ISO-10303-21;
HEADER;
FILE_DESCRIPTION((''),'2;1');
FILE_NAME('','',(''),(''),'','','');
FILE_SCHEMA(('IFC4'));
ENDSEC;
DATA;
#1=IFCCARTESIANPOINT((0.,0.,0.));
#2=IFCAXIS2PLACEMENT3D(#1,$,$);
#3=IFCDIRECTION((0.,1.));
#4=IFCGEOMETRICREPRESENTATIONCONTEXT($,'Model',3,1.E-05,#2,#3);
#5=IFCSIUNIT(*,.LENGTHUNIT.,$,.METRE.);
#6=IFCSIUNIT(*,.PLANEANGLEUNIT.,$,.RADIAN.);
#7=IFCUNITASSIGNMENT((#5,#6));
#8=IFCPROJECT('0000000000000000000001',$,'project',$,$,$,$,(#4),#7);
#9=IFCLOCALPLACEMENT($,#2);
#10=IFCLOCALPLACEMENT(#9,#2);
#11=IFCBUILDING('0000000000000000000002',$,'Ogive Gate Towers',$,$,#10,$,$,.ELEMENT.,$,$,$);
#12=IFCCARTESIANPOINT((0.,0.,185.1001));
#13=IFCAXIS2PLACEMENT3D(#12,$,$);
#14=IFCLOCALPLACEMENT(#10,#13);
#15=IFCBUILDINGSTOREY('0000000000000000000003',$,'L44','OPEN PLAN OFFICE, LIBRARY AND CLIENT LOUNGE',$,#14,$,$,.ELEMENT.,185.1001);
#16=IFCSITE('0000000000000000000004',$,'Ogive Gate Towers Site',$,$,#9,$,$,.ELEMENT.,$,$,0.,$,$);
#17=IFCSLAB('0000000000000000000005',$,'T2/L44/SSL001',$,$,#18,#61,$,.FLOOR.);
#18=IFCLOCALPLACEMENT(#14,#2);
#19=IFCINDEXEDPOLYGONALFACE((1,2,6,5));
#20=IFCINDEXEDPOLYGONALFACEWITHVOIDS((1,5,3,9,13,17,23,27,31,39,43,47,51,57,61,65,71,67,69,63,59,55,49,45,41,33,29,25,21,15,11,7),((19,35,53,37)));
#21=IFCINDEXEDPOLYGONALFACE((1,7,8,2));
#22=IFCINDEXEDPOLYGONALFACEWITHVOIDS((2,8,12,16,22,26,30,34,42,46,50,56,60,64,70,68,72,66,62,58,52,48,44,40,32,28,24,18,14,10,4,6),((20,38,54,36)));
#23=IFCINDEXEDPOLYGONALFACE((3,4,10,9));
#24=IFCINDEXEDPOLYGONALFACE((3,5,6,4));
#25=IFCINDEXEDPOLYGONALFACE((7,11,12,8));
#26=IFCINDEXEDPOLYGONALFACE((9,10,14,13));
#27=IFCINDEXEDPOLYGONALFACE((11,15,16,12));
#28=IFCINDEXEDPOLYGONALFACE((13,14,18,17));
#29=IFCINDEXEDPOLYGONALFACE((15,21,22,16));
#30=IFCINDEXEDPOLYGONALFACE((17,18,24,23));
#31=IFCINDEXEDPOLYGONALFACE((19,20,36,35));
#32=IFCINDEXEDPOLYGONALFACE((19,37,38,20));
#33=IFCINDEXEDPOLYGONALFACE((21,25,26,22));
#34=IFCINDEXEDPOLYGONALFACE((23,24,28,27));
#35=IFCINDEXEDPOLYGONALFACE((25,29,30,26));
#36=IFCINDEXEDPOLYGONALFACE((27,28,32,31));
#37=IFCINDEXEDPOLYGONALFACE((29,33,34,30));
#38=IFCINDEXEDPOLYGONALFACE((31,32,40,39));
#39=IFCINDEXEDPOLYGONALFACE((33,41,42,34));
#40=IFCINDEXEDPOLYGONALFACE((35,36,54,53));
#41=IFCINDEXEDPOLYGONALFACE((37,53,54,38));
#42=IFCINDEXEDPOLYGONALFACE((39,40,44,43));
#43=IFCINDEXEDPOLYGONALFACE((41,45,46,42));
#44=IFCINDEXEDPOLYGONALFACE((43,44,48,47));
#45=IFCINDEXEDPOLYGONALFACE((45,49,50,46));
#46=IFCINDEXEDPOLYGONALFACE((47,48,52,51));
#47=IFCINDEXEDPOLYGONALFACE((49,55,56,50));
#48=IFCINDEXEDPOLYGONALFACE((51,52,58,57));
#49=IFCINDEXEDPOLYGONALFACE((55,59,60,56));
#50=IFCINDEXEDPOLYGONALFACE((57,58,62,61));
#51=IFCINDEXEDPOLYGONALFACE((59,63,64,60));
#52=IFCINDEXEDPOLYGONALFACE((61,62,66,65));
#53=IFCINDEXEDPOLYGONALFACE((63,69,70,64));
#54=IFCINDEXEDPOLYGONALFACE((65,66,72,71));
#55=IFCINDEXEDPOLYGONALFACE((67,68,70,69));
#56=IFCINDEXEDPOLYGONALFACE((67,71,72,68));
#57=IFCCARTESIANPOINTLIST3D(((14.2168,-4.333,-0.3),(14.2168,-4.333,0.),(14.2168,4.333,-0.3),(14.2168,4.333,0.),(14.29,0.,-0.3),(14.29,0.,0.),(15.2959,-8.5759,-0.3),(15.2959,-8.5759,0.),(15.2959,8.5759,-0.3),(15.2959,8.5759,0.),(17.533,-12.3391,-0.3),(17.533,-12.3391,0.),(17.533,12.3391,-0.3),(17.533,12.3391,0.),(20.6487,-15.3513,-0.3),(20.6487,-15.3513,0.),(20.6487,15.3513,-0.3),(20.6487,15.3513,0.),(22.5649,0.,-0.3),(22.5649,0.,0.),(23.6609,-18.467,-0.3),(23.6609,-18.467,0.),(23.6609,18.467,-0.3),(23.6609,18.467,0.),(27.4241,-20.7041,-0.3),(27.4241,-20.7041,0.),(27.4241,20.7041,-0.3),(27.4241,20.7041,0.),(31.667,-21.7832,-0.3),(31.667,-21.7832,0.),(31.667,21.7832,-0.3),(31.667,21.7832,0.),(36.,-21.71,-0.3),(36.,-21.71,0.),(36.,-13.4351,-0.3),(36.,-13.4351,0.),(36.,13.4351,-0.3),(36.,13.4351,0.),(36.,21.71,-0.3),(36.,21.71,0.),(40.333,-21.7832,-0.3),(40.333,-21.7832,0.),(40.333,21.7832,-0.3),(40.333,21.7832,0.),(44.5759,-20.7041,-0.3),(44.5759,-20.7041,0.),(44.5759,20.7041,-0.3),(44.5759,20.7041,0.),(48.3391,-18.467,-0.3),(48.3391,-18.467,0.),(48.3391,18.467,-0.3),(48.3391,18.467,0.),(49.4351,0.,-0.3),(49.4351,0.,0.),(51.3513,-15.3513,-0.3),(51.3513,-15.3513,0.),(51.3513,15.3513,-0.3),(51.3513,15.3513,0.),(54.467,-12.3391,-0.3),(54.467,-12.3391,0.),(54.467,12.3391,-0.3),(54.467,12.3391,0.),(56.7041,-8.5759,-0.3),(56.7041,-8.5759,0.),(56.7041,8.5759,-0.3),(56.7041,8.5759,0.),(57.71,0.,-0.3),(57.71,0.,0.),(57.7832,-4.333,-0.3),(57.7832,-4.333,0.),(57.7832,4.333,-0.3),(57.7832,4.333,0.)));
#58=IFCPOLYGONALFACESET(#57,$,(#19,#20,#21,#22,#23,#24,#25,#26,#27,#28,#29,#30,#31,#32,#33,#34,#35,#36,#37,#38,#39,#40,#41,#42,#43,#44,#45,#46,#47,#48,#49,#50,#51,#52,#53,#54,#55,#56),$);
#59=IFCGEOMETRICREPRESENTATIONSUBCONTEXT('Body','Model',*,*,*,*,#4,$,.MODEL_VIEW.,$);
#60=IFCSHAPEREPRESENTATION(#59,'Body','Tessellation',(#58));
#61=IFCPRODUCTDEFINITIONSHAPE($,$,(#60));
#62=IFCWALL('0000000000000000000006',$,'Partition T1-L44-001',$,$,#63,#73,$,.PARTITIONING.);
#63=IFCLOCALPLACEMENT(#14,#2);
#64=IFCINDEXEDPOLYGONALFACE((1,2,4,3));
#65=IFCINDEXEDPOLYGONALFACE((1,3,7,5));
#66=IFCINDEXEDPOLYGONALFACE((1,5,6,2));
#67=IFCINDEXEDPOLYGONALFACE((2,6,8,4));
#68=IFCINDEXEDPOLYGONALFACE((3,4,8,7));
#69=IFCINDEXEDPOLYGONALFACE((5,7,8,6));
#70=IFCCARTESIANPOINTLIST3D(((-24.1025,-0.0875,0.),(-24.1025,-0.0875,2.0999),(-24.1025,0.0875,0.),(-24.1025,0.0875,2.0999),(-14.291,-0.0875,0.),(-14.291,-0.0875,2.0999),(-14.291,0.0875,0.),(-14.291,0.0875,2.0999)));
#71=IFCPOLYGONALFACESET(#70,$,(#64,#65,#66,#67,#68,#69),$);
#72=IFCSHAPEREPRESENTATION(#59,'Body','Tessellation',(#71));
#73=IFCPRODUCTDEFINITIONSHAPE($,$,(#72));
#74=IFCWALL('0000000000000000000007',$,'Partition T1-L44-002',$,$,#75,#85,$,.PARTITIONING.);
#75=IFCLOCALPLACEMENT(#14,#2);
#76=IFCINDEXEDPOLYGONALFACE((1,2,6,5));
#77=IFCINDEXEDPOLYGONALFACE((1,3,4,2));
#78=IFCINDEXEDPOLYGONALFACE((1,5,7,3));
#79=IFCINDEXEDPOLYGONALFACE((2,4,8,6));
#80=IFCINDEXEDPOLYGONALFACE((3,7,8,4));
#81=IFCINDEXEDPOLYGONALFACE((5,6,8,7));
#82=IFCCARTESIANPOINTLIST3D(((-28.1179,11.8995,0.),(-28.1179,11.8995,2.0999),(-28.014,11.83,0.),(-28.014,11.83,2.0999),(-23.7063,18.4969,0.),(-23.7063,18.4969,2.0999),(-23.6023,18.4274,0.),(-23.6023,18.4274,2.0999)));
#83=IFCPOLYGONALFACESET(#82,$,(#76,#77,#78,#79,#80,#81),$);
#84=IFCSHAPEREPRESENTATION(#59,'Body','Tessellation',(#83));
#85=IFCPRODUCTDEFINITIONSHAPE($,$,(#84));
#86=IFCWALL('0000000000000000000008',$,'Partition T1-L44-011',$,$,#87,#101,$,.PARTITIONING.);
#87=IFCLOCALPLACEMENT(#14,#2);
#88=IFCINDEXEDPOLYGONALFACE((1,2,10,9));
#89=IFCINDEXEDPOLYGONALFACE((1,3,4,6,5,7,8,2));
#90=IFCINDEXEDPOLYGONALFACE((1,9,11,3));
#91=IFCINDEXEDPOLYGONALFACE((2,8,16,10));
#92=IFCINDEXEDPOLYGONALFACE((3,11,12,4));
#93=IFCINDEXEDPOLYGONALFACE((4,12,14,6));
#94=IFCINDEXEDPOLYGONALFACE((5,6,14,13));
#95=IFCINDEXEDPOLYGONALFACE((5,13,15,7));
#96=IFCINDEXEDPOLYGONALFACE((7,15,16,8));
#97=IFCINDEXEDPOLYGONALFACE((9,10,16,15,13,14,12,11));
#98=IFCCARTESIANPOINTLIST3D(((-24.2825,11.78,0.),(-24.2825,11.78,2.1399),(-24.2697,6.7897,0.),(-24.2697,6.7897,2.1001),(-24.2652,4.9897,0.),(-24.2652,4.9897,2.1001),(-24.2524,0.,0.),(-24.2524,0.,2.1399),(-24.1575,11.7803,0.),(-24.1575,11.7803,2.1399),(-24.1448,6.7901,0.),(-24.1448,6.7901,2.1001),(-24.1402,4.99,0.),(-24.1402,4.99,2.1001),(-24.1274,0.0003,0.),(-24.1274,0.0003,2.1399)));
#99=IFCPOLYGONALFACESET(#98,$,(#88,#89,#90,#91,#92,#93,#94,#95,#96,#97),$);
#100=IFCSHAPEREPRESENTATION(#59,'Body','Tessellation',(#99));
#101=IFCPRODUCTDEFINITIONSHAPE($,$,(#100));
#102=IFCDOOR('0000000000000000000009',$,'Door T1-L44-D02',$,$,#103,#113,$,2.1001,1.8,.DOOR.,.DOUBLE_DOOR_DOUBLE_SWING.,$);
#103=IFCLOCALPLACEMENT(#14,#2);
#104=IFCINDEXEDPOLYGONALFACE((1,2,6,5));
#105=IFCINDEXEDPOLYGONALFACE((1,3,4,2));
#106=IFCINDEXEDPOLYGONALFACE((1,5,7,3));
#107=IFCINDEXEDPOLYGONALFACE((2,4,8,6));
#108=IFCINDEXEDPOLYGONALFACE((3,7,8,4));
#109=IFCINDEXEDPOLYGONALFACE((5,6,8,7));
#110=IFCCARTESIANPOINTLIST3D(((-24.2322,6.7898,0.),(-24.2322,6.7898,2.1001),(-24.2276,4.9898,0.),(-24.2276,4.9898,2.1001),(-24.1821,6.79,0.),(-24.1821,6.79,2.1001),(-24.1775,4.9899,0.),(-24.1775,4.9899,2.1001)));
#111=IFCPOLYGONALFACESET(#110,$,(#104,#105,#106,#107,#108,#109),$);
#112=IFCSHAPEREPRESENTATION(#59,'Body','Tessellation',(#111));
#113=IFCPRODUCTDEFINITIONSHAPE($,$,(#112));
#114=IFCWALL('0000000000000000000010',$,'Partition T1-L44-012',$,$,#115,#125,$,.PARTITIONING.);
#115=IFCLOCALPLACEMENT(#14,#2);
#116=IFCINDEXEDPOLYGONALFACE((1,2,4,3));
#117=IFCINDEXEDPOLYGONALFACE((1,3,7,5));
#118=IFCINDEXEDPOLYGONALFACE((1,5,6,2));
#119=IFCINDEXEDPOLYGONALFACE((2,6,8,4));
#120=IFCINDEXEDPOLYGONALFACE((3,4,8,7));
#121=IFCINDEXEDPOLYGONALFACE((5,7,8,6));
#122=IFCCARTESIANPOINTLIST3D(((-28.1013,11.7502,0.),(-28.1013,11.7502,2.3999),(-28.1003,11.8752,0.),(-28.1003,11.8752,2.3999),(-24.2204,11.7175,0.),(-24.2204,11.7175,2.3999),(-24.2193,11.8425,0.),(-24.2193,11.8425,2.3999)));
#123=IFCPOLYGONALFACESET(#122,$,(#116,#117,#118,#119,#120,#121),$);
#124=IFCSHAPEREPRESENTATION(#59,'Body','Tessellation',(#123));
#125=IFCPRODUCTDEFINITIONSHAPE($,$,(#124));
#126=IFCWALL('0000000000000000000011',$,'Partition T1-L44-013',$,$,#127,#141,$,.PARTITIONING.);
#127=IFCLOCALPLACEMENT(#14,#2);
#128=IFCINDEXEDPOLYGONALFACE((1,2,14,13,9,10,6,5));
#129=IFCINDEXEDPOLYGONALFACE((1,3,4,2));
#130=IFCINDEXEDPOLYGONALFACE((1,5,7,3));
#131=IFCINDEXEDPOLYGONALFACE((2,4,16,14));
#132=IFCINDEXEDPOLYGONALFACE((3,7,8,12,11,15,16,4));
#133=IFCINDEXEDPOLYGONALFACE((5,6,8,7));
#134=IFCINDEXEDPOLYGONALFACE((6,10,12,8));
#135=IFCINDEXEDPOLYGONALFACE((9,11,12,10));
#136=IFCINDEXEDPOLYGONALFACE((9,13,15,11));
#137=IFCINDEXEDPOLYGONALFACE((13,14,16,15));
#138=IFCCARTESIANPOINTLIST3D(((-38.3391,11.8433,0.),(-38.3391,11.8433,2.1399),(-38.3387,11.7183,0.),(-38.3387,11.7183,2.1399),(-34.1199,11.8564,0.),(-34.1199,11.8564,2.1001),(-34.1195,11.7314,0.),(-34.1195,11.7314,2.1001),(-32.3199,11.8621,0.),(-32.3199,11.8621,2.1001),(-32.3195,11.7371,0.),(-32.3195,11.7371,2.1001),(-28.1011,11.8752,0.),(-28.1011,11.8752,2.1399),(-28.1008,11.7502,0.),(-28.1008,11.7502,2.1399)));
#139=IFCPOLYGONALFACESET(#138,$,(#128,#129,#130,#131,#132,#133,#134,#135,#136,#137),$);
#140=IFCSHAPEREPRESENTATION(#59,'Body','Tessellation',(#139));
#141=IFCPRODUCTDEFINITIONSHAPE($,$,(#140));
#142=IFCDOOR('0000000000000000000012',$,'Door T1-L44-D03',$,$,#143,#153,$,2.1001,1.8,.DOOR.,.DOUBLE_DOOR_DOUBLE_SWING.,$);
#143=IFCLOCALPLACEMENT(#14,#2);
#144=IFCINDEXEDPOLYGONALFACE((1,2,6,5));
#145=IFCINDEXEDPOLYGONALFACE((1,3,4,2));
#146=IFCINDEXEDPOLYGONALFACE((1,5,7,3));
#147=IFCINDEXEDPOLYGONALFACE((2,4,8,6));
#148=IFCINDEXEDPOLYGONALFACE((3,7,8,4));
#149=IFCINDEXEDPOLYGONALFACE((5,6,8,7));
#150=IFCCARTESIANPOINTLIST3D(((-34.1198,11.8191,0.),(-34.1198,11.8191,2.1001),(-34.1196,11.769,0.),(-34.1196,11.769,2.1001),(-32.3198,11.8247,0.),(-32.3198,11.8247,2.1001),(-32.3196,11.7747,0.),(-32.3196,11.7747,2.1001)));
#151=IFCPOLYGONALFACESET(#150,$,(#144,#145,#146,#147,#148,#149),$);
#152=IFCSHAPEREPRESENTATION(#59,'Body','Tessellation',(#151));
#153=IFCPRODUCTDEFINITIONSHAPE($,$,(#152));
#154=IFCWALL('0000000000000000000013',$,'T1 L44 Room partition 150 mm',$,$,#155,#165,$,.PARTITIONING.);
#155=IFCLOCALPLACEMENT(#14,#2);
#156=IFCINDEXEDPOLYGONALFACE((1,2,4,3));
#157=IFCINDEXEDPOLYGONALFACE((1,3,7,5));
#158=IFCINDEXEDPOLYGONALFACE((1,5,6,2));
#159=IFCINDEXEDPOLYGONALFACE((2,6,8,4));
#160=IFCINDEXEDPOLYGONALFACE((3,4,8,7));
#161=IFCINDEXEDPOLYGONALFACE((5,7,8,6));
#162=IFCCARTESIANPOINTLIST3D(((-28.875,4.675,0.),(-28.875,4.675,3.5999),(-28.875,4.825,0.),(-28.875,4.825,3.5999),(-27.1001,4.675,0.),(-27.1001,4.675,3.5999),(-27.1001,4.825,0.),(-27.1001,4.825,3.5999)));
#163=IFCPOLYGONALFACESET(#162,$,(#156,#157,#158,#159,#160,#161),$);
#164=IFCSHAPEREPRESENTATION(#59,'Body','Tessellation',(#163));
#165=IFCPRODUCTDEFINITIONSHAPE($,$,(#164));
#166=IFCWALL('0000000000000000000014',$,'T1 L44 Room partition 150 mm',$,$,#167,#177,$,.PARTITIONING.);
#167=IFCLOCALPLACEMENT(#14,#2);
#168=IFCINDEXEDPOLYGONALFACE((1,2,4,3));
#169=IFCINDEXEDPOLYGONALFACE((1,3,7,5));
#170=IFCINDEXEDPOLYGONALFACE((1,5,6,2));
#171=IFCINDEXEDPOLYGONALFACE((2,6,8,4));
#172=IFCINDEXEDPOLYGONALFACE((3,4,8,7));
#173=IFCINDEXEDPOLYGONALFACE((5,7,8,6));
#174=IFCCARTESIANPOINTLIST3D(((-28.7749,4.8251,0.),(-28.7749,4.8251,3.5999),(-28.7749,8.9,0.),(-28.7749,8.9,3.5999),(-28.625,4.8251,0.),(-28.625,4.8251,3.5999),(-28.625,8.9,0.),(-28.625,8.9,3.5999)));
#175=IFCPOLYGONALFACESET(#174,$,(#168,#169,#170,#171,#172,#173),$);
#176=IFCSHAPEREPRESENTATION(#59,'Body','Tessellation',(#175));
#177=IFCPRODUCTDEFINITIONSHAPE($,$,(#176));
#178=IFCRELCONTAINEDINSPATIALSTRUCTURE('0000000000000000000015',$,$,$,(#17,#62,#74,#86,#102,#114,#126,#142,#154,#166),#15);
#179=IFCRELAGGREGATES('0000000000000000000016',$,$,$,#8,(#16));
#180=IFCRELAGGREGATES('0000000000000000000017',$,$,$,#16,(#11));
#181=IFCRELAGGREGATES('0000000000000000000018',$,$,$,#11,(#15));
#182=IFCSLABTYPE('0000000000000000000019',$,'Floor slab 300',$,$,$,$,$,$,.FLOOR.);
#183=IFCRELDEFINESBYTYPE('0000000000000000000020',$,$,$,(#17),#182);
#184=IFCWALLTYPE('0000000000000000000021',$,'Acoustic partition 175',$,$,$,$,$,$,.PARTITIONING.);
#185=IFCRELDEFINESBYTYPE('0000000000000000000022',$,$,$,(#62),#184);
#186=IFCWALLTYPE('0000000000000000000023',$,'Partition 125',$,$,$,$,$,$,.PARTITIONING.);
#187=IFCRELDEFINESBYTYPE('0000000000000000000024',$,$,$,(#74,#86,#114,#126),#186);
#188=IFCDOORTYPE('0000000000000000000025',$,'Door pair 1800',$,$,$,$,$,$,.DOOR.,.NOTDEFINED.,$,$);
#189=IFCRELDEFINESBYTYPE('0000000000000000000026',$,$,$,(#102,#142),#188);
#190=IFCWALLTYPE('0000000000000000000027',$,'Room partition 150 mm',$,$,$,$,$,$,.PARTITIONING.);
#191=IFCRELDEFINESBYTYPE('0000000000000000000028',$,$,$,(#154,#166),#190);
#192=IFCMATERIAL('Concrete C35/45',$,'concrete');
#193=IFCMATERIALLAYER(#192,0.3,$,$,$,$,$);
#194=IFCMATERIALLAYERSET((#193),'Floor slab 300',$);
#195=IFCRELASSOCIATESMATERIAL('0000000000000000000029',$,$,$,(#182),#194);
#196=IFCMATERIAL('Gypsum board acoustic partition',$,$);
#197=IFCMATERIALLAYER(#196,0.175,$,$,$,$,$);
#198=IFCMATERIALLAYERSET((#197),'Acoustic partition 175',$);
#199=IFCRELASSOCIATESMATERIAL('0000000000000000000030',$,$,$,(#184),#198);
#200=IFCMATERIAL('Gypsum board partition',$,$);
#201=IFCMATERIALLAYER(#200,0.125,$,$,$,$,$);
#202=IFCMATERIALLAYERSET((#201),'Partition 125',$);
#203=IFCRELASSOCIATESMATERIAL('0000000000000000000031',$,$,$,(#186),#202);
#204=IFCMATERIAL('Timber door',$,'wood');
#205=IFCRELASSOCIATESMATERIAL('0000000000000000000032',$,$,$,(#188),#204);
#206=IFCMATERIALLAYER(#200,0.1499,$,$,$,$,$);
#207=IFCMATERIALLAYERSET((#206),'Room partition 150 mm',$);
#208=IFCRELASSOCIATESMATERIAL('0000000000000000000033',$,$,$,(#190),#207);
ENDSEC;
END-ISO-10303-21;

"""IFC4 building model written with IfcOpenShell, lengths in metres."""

from ifc_helpers import new_model, si_unit, direction, frame, frame_2d, origin, place, context, subcontext, project, spatial, polyline, rectangle, outline, extrude, material, layer, layer_set, type_object, element, fill, save


model = new_model("IFC4")

# Units and contexts
model_context = context("Model", 3, precision=1e-05, world=origin(), true_north=direction((0.0, 1.0)))
body_context = subcontext(model_context, "Body", "Model", "MODEL_VIEW")
ifc_project = project(units=[si_unit("LENGTHUNIT", "METRE"), si_unit("PLANEANGLEUNIT", "RADIAN")], contexts=[model_context])

# Site, building, storey
site_placement = place(None, origin())
site = spatial("IfcSite", under=ifc_project, at=site_placement, Name="Ogive Gate Towers Site", CompositionType="ELEMENT", RefElevation=0.0)
building_placement = place(site_placement, origin())
building = spatial("IfcBuilding", under=site, at=building_placement, Name="Ogive Gate Towers", CompositionType="ELEMENT")
storey_placement = place(building_placement, frame((0.0, 0.0, 185.1001)))
storey = spatial("IfcBuildingStorey", under=building, at=storey_placement, Name="L44", Description="OPEN PLAN OFFICE, LIBRARY AND CLIENT LOUNGE", CompositionType="ELEMENT", Elevation=185.1001)

# Slab
ifc_material_1 = material(Name="Concrete C35/45", Category="concrete")
ifc_layer_1 = layer(ifc_material_1, 0.3)
ifc_layer_set_1 = layer_set([ifc_layer_1], Name="Floor slab 300")
slab_type_1 = type_object("IfcSlabType", Name="Floor slab 300", PredefinedType="FLOOR", material=ifc_layer_set_1)
slab_1_placement = place(storey_placement, frame((0.0, 0.0, -0.3)))
element("IfcSlab", 1, at=slab_1_placement, inside=storey, type_object=slab_type_1, Name="T2/L44/SSL001", PredefinedType="FLOOR", context=body_context, shape_type="SweptSolid", body=[
    extrude(outline(polyline([(57.7832, -4.333), (57.71, 0.0), (57.7832, 4.333), (56.7041, 8.5759), (54.467, 12.3391), (51.3513, 15.3513), (48.3391, 18.467), (44.5759, 20.7041), (40.333, 21.7832), (36.0, 21.71), (31.667, 21.7832), (27.4241, 20.7041), (23.6609, 18.467), (20.6487, 15.3513), (17.533, 12.3391), (15.2959, 8.5759), (14.2168, 4.333), (14.29, 0.0), (14.2168, -4.333), (15.2959, -8.5759), (17.533, -12.3391), (20.6487, -15.3513), (23.6609, -18.467), (27.4241, -20.7041), (31.667, -21.7832), (36.0, -21.71), (40.333, -21.7832), (44.5759, -20.7041), (48.3391, -18.467), (51.3513, -15.3513), (54.467, -12.3391), (56.7041, -8.5759), (57.7832, -4.333)]), holes=[polyline([(49.4351, 0.0), (36.0, -13.4351), (22.5649, 0.0), (36.0, 13.4351), (49.4351, 0.0)])]), origin(), (0.0, 0.0, 1.0), 0.3),
])

# Walls
ifc_material_2 = material(Name="Gypsum board acoustic partition")
ifc_layer_2 = layer(ifc_material_2, 0.175)
ifc_layer_set_2 = layer_set([ifc_layer_2], Name="Acoustic partition 175")
wall_type_1 = type_object("IfcWallType", Name="Acoustic partition 175", PredefinedType="PARTITIONING", material=ifc_layer_set_2)
wall_1_placement = place(storey_placement, frame((-14.291, 0.0, 0.0), z_axis=(0.0, 0.0, 1.0), x_axis=(-1.0, 0.0, 0.0)))
element("IfcWall", 2, at=wall_1_placement, inside=storey, type_object=wall_type_1, Name="Partition T1-L44-001", PredefinedType="PARTITIONING", context=body_context, shape_type="SweptSolid", body=[
    extrude(rectangle(XDim=9.8115, YDim=0.175, at=frame_2d((4.9058, 0.0))), origin(), (0.0, 0.0, 1.0), 2.0999),
])
ifc_material_3 = material(Name="Gypsum board partition")
ifc_layer_3 = layer(ifc_material_3, 0.125)
ifc_layer_set_3 = layer_set([ifc_layer_3], Name="Partition 125")
wall_type_2 = type_object("IfcWallType", Name="Partition 125", PredefinedType="PARTITIONING", material=ifc_layer_set_3)
wall_2_placement = place(storey_placement, frame((-23.6543, 18.4622, 0.0), z_axis=(0.0, 0.0, 1.0), x_axis=(-0.555864, -0.831273, 0.0)))
element("IfcWall", 3, at=wall_2_placement, inside=storey, type_object=wall_type_2, Name="Partition T1-L44-002", PredefinedType="PARTITIONING", context=body_context, shape_type="SweptSolid", body=[
    extrude(rectangle(XDim=7.9365, YDim=0.125, at=frame_2d((3.9683, 0.0))), origin(), (0.0, 0.0, 1.0), 2.0999),
])

# Wall, opening, door
wall_3_placement = place(storey_placement, frame((-24.1899, 0.0, 0.0), z_axis=(0.0, 0.0, 1.0), x_axis=(-0.002549, 0.999997, 0.0)))
wall_3 = element("IfcWall", 4, at=wall_3_placement, inside=storey, type_object=wall_type_2, Name="Partition T1-L44-011", PredefinedType="PARTITIONING", context=body_context, shape_type="SweptSolid", body=[
    extrude(rectangle(XDim=11.78, YDim=0.125, at=frame_2d((5.8901, 0.0))), origin(), (0.0, 0.0, 1.0), 2.1399),
])
opening_1_placement = place(wall_3_placement, frame((4.99, 0.0, 0.0)))
opening_1 = element("IfcOpeningElement", 5, at=opening_1_placement, cuts=wall_3, PredefinedType="OPENING", context=body_context, shape_type="SweptSolid", body=[
    extrude(rectangle(XDim=1.8, YDim=2.1001, at=frame_2d((0.8999, 1.05))), frame((0.0, 0.0725, 0.0), z_axis=(0.0, -1.0, 0.0), x_axis=(1.0, 0.0, 0.0)), (0.0, 0.0, 1.0), 0.145),
])
ifc_material_4 = material(Name="Timber door", Category="wood")
door_type_1 = type_object("IfcDoorType", Name="Door pair 1800", OperationType="NOTDEFINED", PredefinedType="DOOR", material=ifc_material_4)
door_1_placement = place(opening_1_placement, origin())
door_1 = element("IfcDoor", 6, at=door_1_placement, inside=storey, type_object=door_type_1, Name="Door T1-L44-D02", OperationType="DOUBLE_DOOR_DOUBLE_SWING", OverallHeight=2.1001, OverallWidth=1.8, PredefinedType="DOOR", context=body_context, shape_type="SweptSolid", body=[
    extrude(rectangle(XDim=1.8, YDim=2.1001, at=frame_2d((0.8999, 1.05))), frame((0.0, 0.0249, 0.0), z_axis=(0.0, -1.0, 0.0), x_axis=(1.0, 0.0, 0.0)), (0.0, 0.0, 1.0), 0.05),
])
fill(opening_1, door_1)

# Wall
wall_4_placement = place(storey_placement, frame((-24.22, 11.78, 0.0), z_axis=(0.0, 0.0, 1.0), x_axis=(-0.999964, 0.008429, 0.0)))
element("IfcWall", 7, at=wall_4_placement, inside=storey, type_object=wall_type_2, Name="Partition T1-L44-012", PredefinedType="PARTITIONING", context=body_context, shape_type="SweptSolid", body=[
    extrude(rectangle(XDim=3.8811, YDim=0.125, at=frame_2d((1.9404, 0.0))), origin(), (0.0, 0.0, 1.0), 2.3999),
])

# Wall, opening, door
wall_5_placement = place(storey_placement, frame((-28.1008, 11.8127, 0.0), z_axis=(0.0, 0.0, 1.0), x_axis=(-0.999995, -0.003124, 0.0)))
wall_5 = element("IfcWall", 8, at=wall_5_placement, inside=storey, type_object=wall_type_2, Name="Partition T1-L44-013", PredefinedType="PARTITIONING", context=body_context, shape_type="SweptSolid", body=[
    extrude(rectangle(XDim=10.238, YDim=0.125, at=frame_2d((5.1191, 0.0))), origin(), (0.0, 0.0, 1.0), 2.1399),
])
opening_2_placement = place(wall_5_placement, frame((4.219, 0.0, 0.0)))
opening_2 = element("IfcOpeningElement", 9, at=opening_2_placement, cuts=wall_5, PredefinedType="OPENING", context=body_context, shape_type="SweptSolid", body=[
    extrude(rectangle(XDim=1.8, YDim=2.1001, at=frame_2d((0.8999, 1.05))), frame((0.0, 0.0725, 0.0), z_axis=(0.0, -1.0, 0.0), x_axis=(1.0, 0.0, 0.0)), (0.0, 0.0, 1.0), 0.145),
])
door_2_placement = place(opening_2_placement, origin())
door_2 = element("IfcDoor", 10, at=door_2_placement, inside=storey, type_object=door_type_1, Name="Door T1-L44-D03", OperationType="DOUBLE_DOOR_DOUBLE_SWING", OverallHeight=2.1001, OverallWidth=1.8, PredefinedType="DOOR", context=body_context, shape_type="SweptSolid", body=[
    extrude(rectangle(XDim=1.8, YDim=2.1001, at=frame_2d((0.8999, 1.05))), frame((0.0, 0.0249, 0.0), z_axis=(0.0, -1.0, 0.0), x_axis=(1.0, 0.0, 0.0)), (0.0, 0.0, 1.0), 0.05),
])
fill(opening_2, door_2)

# Walls
ifc_layer_4 = layer(ifc_material_3, 0.1499)
ifc_layer_set_4 = layer_set([ifc_layer_4], Name="Room partition 150 mm")
wall_type_3 = type_object("IfcWallType", Name="Room partition 150 mm", PredefinedType="PARTITIONING", material=ifc_layer_set_4)
wall_6_placement = place(storey_placement, frame((-28.875, 4.75, 0.0), z_axis=(0.0, 0.0, 1.0), x_axis=(1.0, 0.0, 0.0)))
element("IfcWall", 11, at=wall_6_placement, inside=storey, type_object=wall_type_3, Name="T1 L44 Room partition 150 mm", PredefinedType="PARTITIONING", context=body_context, shape_type="SweptSolid", body=[
    extrude(rectangle(XDim=1.7749, YDim=0.1499, at=frame_2d((0.8875, 0.0))), origin(), (0.0, 0.0, 1.0), 3.5999),
])
wall_7_placement = place(storey_placement, frame((-28.7, 4.825, 0.0), z_axis=(0.0, 0.0, 1.0), x_axis=(0.0, 1.0, 0.0)))
element("IfcWall", 12, at=wall_7_placement, inside=storey, type_object=wall_type_3, Name="T1 L44 Room partition 150 mm", PredefinedType="PARTITIONING", context=body_context, shape_type="SweptSolid", body=[
    extrude(rectangle(XDim=4.075, YDim=0.1499, at=frame_2d((2.0376, 0.0))), origin(), (0.0, 0.0, 1.0), 3.5999),
])

save(model, "model.ifc")
